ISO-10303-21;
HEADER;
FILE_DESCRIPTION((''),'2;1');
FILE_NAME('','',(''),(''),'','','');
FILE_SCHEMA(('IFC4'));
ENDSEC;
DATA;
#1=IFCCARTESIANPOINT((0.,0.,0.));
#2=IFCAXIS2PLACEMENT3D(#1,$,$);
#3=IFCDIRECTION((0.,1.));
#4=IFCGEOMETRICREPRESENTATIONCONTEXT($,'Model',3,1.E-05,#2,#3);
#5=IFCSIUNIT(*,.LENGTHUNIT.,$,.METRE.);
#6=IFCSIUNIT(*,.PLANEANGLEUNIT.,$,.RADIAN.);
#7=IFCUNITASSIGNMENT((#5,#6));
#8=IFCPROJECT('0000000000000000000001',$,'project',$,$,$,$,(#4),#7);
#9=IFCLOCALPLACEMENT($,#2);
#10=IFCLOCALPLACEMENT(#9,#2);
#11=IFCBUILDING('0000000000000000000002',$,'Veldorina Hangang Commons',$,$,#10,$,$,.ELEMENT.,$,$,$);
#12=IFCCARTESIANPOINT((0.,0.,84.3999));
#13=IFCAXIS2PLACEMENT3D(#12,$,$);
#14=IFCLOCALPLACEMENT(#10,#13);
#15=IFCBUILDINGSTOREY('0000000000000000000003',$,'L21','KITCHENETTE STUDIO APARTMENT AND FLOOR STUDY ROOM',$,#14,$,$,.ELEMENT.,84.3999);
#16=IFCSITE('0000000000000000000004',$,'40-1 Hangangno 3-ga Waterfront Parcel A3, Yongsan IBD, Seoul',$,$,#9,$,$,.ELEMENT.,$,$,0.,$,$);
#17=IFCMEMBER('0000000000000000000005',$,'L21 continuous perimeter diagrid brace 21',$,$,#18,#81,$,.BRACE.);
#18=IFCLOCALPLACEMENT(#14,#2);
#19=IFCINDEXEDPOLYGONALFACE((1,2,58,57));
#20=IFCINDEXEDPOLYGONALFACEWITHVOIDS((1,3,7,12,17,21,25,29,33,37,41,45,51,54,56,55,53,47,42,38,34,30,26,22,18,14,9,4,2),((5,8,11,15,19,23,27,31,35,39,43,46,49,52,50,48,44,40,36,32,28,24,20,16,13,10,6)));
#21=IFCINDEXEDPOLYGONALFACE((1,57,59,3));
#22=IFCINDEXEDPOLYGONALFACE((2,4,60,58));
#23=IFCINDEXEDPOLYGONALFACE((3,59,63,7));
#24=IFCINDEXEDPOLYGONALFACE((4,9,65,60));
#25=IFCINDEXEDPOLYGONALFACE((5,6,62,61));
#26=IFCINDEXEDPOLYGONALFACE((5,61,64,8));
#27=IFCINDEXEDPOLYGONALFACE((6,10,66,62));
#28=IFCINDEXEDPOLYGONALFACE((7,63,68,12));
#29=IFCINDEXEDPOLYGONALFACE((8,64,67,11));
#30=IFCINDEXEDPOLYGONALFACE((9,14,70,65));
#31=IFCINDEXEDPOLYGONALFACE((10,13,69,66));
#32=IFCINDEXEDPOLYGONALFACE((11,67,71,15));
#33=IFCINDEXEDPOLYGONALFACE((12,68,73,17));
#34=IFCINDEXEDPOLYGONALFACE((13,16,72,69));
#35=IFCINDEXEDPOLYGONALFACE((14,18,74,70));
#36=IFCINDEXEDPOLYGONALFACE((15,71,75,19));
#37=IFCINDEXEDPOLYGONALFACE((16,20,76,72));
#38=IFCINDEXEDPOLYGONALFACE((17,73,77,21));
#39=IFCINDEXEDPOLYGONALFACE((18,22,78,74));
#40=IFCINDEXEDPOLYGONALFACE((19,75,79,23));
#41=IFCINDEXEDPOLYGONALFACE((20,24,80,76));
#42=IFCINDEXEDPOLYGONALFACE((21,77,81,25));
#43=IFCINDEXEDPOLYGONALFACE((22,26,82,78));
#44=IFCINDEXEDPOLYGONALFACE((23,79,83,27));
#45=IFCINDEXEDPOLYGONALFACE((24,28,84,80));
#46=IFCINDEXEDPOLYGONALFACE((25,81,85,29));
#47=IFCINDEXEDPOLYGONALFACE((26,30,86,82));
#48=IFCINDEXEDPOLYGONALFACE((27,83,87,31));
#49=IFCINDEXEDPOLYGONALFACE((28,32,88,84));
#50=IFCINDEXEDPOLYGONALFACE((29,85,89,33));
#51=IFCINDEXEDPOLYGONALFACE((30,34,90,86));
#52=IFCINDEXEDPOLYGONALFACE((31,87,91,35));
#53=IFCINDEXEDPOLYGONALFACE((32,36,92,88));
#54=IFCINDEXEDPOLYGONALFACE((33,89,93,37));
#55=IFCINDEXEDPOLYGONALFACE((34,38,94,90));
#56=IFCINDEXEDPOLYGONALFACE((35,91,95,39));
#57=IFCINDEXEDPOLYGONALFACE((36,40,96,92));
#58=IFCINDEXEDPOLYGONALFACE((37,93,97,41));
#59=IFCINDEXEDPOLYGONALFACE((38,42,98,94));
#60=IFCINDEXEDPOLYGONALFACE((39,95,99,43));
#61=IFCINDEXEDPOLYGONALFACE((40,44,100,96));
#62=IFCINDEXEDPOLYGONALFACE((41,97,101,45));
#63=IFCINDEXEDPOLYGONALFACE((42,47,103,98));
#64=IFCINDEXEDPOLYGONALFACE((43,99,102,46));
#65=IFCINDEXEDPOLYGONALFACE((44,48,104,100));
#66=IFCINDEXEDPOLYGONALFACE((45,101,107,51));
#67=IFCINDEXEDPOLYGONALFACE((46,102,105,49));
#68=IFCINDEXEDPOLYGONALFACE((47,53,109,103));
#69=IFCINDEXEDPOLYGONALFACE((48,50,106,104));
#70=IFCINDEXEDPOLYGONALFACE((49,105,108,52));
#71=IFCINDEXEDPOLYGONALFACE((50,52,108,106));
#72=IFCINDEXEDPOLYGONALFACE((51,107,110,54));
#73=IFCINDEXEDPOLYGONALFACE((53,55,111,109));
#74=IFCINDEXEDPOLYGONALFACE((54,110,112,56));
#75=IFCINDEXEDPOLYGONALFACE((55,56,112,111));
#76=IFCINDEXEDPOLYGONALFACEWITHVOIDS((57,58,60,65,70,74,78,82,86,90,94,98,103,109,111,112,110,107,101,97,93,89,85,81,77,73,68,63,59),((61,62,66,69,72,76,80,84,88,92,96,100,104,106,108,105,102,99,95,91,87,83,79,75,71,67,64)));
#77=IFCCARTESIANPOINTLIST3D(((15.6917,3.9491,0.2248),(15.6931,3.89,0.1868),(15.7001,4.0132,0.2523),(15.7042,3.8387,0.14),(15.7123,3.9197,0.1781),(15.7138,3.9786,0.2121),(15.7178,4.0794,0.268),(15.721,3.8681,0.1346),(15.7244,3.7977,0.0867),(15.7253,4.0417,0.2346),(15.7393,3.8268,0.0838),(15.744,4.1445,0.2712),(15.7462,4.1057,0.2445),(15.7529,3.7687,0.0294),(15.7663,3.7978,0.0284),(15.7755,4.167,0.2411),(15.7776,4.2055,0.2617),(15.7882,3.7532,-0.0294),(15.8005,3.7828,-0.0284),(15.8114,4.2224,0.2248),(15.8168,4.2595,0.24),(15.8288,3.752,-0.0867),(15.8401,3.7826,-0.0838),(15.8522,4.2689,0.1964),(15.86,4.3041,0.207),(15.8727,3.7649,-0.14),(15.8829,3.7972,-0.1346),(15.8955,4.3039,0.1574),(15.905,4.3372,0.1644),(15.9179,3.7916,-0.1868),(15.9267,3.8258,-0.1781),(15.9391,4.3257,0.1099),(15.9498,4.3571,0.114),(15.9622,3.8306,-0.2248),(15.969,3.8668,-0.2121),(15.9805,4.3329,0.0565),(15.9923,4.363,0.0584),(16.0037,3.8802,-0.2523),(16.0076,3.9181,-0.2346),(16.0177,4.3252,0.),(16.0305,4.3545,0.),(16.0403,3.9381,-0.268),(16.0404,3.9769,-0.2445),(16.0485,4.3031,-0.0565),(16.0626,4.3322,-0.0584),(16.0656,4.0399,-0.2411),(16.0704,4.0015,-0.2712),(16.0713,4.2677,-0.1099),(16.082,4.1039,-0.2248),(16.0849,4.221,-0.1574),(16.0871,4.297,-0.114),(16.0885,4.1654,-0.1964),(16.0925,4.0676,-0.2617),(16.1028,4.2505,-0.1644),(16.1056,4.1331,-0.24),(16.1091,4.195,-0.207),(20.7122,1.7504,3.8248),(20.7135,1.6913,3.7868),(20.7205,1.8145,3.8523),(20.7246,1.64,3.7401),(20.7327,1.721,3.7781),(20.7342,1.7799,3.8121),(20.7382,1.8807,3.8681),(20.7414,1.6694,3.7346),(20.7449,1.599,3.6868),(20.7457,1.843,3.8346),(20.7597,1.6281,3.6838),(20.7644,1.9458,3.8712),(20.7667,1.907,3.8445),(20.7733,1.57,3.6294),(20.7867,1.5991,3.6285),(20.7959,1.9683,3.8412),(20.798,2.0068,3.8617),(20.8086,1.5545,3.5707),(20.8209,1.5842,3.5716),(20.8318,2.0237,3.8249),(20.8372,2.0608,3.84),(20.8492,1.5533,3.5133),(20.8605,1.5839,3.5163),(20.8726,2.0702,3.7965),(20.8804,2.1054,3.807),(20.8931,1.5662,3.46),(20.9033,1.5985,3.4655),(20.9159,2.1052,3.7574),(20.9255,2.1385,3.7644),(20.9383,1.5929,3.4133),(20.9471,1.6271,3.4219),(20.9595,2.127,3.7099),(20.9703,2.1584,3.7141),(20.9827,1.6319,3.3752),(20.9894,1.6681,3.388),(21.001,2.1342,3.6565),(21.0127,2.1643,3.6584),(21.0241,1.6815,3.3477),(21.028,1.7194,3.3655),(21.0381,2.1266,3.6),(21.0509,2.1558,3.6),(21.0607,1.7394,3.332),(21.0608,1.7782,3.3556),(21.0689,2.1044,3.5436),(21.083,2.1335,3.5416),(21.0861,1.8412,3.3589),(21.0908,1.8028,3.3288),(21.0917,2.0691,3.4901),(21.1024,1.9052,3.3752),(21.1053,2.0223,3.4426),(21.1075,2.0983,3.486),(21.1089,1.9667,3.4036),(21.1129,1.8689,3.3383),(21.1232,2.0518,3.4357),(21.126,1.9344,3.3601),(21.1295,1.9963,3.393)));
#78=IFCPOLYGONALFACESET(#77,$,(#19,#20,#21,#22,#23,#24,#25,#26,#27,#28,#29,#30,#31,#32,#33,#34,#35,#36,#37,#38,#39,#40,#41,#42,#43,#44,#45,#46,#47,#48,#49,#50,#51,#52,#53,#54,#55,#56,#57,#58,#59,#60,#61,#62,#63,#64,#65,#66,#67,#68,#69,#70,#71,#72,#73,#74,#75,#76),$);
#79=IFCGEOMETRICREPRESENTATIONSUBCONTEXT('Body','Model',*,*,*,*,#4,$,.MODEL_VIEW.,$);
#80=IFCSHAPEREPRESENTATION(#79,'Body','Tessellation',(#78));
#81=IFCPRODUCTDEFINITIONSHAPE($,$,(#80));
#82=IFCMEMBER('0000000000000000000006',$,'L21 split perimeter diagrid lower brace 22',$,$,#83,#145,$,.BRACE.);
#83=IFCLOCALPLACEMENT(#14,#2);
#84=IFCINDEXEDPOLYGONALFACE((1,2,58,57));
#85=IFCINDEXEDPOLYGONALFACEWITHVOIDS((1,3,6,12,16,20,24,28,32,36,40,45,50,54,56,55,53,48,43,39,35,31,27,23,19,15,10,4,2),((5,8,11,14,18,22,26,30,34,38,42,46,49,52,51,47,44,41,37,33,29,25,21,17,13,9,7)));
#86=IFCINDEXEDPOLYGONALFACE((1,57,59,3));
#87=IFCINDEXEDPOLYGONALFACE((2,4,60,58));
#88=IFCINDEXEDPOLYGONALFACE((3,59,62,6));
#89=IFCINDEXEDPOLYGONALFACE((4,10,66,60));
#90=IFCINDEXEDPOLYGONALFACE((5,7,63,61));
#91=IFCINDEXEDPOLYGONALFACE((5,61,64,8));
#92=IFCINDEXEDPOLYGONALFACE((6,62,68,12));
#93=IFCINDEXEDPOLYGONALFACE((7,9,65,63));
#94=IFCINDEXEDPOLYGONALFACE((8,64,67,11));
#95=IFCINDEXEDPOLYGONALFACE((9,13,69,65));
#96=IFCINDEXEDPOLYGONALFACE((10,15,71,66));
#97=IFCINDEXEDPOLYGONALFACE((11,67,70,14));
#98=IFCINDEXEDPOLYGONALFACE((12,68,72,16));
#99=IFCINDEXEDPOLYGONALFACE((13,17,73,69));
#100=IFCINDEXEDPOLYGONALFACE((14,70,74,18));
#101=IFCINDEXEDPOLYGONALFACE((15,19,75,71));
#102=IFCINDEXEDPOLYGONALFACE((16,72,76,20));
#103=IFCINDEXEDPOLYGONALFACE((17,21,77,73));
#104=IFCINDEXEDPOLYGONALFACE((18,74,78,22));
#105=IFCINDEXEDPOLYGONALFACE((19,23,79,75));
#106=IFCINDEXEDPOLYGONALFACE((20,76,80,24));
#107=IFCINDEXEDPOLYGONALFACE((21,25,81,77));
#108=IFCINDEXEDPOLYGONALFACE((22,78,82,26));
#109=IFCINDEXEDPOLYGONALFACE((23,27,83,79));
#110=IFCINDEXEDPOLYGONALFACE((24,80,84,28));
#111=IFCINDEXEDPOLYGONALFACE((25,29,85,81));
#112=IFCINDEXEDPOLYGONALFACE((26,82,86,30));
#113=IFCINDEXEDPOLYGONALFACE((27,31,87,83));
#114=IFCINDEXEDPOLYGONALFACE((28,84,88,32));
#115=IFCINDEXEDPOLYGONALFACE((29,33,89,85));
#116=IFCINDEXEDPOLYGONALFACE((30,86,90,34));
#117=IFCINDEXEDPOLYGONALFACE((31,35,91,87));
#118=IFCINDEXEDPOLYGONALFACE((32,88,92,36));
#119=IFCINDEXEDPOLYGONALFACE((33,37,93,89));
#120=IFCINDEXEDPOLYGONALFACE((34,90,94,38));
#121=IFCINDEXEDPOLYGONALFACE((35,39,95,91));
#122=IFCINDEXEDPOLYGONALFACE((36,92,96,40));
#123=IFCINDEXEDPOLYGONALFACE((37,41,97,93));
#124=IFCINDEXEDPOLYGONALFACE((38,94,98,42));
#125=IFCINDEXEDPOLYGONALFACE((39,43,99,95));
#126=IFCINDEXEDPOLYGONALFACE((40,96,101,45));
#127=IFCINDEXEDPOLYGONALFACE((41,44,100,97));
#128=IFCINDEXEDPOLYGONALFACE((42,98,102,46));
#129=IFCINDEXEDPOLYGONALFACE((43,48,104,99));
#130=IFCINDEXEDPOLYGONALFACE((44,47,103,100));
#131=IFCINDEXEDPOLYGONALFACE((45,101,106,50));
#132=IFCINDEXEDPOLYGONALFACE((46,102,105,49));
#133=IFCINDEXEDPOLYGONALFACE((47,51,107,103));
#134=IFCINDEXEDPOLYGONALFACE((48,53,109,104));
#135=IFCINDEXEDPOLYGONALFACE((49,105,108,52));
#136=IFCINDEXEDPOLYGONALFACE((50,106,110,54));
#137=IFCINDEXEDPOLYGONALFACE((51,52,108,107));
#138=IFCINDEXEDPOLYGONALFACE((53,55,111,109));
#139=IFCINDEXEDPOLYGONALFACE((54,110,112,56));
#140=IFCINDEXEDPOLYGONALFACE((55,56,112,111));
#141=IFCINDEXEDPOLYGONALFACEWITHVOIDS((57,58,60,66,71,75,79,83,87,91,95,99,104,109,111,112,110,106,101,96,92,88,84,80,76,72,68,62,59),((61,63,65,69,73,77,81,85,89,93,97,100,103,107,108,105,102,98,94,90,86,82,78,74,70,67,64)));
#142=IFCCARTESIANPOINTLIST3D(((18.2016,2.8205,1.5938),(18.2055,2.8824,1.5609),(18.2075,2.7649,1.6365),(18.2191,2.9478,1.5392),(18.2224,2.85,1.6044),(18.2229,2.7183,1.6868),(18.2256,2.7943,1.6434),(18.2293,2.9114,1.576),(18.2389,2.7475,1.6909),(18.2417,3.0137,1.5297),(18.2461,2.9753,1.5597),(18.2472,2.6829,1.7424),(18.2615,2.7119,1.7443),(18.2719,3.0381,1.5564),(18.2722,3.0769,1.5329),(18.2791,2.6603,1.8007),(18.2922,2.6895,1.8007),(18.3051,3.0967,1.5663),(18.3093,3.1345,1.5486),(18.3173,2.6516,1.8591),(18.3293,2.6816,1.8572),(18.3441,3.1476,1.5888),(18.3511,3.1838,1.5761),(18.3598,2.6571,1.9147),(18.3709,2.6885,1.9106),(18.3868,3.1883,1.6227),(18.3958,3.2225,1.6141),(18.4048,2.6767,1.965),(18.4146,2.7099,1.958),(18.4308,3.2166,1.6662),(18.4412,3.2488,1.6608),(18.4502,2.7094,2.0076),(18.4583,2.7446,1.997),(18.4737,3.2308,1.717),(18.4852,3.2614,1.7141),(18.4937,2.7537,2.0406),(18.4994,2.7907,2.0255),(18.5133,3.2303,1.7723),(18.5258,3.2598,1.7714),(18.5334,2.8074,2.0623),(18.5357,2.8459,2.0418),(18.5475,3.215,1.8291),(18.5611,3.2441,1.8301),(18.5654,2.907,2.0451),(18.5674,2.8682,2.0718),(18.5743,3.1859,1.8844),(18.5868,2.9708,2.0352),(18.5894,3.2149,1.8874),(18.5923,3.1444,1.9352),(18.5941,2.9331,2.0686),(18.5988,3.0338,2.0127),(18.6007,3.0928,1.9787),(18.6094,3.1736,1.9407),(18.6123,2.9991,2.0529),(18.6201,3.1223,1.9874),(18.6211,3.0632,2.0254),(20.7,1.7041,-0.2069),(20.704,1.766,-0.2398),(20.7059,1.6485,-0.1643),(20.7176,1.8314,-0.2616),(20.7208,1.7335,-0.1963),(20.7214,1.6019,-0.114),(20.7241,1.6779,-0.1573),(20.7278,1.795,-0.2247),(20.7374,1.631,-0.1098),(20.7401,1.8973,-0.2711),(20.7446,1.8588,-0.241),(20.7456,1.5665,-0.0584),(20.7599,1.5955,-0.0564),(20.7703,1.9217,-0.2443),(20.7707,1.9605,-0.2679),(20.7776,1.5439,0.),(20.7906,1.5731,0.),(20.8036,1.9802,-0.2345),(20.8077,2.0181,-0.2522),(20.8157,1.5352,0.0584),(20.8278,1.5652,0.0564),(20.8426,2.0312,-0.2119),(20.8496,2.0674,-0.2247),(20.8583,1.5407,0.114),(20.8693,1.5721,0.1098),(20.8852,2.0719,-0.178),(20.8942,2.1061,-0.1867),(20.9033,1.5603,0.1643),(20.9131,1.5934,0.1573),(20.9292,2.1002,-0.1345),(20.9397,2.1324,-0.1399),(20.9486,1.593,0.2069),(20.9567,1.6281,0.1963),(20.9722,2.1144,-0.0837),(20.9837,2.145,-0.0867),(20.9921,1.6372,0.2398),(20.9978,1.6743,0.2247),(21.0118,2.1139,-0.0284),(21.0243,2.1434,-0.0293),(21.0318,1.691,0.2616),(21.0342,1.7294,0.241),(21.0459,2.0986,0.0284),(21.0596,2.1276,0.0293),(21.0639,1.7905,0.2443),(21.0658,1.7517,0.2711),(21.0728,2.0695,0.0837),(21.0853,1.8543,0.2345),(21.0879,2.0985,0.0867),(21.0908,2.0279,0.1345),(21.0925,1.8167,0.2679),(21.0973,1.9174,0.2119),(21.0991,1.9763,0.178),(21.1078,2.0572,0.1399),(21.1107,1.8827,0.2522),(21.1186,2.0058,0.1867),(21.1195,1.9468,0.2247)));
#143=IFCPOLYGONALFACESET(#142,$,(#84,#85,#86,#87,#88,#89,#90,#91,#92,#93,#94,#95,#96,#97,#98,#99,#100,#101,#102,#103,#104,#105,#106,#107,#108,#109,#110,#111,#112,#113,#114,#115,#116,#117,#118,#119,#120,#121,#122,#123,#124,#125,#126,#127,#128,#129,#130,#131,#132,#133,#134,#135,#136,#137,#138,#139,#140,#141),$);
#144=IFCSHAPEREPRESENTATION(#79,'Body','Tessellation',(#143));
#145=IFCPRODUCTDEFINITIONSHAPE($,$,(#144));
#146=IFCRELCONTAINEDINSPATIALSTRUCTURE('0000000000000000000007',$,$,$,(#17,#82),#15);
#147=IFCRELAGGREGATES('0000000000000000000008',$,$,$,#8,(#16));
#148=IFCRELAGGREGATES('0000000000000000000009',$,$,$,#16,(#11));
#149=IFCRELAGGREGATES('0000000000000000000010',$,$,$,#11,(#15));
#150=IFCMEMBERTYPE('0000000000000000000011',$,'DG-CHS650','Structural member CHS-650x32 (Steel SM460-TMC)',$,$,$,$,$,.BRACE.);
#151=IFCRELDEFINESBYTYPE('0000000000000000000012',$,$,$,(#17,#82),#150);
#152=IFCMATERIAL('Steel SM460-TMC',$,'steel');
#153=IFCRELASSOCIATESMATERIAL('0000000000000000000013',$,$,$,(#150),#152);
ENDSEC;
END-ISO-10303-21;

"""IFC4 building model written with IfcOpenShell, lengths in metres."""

from ifc_helpers import new_model, si_unit, direction, frame, origin, origin_2d, place, context, subcontext, project, spatial, hollow_circle, extrude, material, material_profile, profile_set, type_object, element, save


model = new_model("IFC4")

# Units and contexts
model_context = context("Model", 3, precision=1e-05, world=origin(), true_north=direction((0.0, 1.0)))
body_context = subcontext(model_context, "Body", "Model", "MODEL_VIEW")
ifc_project = project(units=[si_unit("LENGTHUNIT", "METRE"), si_unit("PLANEANGLEUNIT", "RADIAN")], contexts=[model_context])

# Site, building, storey
site_placement = place(None, origin())
site = spatial("IfcSite", under=ifc_project, at=site_placement, Name="40-1 Hangangno 3-ga Waterfront Parcel A3, Yongsan IBD, Seoul", CompositionType="ELEMENT", RefElevation=0.0)
building_placement = place(site_placement, origin())
building = spatial("IfcBuilding", under=site, at=building_placement, Name="Veldorina Hangang Commons", CompositionType="ELEMENT")
storey_placement = place(building_placement, frame((0.0, 0.0, 84.3999)))
storey = spatial("IfcBuildingStorey", under=building, at=storey_placement, Name="L21", Description="KITCHENETTE STUDIO APARTMENT AND FLOOR STUDY ROOM", CompositionType="ELEMENT", Elevation=84.3999)

# Members
ifc_material_1 = material(Name="Steel SM460-TMC", Category="steel")
ifc_material_profile_1 = material_profile(ifc_material_1, hollow_circle(Radius=0.325, WallThickness=0.032, at=origin_2d()), Name="CHS-650x32")
ifc_profile_set_1 = profile_set([ifc_material_profile_1], Name="Steel SM460-TMC")
member_type_1 = type_object("IfcMemberType", Name="DG-CHS650", Description="Structural member CHS-650x32 (Steel SM460-TMC)", PredefinedType="BRACE", material=ifc_profile_set_1)
member_1_placement = place(storey_placement, frame((15.9001, 4.0569, 0.0), z_axis=(0.765615, -0.335301, 0.549006), x_axis=(0.401165, 0.916006, 0.0)))
element("IfcMember", 1, at=member_1_placement, inside=storey, type_object=member_type_1, Name="L21 continuous perimeter diagrid brace 21", PredefinedType="BRACE", context=body_context, shape_type="SweptSolid", body=[
    extrude(hollow_circle(Radius=0.325, WallThickness=0.032, at=origin_2d()), origin(), (0.0, 0.0, 1.0), 6.5574),
])
member_2_placement = place(storey_placement, frame((20.9102, 1.8406, 0.0), z_axis=(-0.762686, 0.340802, 0.549694), x_axis=(-0.407967, -0.912997, 0.0)))
element("IfcMember", 2, at=member_2_placement, inside=storey, type_object=member_type_1, Name="L21 split perimeter diagrid lower brace 22", PredefinedType="BRACE", context=body_context, shape_type="SweptSolid", body=[
    extrude(hollow_circle(Radius=0.325, WallThickness=0.032, at=origin_2d()), origin(), (0.0, 0.0, 1.0), 3.2759),
])

save(model, "model.ifc")
